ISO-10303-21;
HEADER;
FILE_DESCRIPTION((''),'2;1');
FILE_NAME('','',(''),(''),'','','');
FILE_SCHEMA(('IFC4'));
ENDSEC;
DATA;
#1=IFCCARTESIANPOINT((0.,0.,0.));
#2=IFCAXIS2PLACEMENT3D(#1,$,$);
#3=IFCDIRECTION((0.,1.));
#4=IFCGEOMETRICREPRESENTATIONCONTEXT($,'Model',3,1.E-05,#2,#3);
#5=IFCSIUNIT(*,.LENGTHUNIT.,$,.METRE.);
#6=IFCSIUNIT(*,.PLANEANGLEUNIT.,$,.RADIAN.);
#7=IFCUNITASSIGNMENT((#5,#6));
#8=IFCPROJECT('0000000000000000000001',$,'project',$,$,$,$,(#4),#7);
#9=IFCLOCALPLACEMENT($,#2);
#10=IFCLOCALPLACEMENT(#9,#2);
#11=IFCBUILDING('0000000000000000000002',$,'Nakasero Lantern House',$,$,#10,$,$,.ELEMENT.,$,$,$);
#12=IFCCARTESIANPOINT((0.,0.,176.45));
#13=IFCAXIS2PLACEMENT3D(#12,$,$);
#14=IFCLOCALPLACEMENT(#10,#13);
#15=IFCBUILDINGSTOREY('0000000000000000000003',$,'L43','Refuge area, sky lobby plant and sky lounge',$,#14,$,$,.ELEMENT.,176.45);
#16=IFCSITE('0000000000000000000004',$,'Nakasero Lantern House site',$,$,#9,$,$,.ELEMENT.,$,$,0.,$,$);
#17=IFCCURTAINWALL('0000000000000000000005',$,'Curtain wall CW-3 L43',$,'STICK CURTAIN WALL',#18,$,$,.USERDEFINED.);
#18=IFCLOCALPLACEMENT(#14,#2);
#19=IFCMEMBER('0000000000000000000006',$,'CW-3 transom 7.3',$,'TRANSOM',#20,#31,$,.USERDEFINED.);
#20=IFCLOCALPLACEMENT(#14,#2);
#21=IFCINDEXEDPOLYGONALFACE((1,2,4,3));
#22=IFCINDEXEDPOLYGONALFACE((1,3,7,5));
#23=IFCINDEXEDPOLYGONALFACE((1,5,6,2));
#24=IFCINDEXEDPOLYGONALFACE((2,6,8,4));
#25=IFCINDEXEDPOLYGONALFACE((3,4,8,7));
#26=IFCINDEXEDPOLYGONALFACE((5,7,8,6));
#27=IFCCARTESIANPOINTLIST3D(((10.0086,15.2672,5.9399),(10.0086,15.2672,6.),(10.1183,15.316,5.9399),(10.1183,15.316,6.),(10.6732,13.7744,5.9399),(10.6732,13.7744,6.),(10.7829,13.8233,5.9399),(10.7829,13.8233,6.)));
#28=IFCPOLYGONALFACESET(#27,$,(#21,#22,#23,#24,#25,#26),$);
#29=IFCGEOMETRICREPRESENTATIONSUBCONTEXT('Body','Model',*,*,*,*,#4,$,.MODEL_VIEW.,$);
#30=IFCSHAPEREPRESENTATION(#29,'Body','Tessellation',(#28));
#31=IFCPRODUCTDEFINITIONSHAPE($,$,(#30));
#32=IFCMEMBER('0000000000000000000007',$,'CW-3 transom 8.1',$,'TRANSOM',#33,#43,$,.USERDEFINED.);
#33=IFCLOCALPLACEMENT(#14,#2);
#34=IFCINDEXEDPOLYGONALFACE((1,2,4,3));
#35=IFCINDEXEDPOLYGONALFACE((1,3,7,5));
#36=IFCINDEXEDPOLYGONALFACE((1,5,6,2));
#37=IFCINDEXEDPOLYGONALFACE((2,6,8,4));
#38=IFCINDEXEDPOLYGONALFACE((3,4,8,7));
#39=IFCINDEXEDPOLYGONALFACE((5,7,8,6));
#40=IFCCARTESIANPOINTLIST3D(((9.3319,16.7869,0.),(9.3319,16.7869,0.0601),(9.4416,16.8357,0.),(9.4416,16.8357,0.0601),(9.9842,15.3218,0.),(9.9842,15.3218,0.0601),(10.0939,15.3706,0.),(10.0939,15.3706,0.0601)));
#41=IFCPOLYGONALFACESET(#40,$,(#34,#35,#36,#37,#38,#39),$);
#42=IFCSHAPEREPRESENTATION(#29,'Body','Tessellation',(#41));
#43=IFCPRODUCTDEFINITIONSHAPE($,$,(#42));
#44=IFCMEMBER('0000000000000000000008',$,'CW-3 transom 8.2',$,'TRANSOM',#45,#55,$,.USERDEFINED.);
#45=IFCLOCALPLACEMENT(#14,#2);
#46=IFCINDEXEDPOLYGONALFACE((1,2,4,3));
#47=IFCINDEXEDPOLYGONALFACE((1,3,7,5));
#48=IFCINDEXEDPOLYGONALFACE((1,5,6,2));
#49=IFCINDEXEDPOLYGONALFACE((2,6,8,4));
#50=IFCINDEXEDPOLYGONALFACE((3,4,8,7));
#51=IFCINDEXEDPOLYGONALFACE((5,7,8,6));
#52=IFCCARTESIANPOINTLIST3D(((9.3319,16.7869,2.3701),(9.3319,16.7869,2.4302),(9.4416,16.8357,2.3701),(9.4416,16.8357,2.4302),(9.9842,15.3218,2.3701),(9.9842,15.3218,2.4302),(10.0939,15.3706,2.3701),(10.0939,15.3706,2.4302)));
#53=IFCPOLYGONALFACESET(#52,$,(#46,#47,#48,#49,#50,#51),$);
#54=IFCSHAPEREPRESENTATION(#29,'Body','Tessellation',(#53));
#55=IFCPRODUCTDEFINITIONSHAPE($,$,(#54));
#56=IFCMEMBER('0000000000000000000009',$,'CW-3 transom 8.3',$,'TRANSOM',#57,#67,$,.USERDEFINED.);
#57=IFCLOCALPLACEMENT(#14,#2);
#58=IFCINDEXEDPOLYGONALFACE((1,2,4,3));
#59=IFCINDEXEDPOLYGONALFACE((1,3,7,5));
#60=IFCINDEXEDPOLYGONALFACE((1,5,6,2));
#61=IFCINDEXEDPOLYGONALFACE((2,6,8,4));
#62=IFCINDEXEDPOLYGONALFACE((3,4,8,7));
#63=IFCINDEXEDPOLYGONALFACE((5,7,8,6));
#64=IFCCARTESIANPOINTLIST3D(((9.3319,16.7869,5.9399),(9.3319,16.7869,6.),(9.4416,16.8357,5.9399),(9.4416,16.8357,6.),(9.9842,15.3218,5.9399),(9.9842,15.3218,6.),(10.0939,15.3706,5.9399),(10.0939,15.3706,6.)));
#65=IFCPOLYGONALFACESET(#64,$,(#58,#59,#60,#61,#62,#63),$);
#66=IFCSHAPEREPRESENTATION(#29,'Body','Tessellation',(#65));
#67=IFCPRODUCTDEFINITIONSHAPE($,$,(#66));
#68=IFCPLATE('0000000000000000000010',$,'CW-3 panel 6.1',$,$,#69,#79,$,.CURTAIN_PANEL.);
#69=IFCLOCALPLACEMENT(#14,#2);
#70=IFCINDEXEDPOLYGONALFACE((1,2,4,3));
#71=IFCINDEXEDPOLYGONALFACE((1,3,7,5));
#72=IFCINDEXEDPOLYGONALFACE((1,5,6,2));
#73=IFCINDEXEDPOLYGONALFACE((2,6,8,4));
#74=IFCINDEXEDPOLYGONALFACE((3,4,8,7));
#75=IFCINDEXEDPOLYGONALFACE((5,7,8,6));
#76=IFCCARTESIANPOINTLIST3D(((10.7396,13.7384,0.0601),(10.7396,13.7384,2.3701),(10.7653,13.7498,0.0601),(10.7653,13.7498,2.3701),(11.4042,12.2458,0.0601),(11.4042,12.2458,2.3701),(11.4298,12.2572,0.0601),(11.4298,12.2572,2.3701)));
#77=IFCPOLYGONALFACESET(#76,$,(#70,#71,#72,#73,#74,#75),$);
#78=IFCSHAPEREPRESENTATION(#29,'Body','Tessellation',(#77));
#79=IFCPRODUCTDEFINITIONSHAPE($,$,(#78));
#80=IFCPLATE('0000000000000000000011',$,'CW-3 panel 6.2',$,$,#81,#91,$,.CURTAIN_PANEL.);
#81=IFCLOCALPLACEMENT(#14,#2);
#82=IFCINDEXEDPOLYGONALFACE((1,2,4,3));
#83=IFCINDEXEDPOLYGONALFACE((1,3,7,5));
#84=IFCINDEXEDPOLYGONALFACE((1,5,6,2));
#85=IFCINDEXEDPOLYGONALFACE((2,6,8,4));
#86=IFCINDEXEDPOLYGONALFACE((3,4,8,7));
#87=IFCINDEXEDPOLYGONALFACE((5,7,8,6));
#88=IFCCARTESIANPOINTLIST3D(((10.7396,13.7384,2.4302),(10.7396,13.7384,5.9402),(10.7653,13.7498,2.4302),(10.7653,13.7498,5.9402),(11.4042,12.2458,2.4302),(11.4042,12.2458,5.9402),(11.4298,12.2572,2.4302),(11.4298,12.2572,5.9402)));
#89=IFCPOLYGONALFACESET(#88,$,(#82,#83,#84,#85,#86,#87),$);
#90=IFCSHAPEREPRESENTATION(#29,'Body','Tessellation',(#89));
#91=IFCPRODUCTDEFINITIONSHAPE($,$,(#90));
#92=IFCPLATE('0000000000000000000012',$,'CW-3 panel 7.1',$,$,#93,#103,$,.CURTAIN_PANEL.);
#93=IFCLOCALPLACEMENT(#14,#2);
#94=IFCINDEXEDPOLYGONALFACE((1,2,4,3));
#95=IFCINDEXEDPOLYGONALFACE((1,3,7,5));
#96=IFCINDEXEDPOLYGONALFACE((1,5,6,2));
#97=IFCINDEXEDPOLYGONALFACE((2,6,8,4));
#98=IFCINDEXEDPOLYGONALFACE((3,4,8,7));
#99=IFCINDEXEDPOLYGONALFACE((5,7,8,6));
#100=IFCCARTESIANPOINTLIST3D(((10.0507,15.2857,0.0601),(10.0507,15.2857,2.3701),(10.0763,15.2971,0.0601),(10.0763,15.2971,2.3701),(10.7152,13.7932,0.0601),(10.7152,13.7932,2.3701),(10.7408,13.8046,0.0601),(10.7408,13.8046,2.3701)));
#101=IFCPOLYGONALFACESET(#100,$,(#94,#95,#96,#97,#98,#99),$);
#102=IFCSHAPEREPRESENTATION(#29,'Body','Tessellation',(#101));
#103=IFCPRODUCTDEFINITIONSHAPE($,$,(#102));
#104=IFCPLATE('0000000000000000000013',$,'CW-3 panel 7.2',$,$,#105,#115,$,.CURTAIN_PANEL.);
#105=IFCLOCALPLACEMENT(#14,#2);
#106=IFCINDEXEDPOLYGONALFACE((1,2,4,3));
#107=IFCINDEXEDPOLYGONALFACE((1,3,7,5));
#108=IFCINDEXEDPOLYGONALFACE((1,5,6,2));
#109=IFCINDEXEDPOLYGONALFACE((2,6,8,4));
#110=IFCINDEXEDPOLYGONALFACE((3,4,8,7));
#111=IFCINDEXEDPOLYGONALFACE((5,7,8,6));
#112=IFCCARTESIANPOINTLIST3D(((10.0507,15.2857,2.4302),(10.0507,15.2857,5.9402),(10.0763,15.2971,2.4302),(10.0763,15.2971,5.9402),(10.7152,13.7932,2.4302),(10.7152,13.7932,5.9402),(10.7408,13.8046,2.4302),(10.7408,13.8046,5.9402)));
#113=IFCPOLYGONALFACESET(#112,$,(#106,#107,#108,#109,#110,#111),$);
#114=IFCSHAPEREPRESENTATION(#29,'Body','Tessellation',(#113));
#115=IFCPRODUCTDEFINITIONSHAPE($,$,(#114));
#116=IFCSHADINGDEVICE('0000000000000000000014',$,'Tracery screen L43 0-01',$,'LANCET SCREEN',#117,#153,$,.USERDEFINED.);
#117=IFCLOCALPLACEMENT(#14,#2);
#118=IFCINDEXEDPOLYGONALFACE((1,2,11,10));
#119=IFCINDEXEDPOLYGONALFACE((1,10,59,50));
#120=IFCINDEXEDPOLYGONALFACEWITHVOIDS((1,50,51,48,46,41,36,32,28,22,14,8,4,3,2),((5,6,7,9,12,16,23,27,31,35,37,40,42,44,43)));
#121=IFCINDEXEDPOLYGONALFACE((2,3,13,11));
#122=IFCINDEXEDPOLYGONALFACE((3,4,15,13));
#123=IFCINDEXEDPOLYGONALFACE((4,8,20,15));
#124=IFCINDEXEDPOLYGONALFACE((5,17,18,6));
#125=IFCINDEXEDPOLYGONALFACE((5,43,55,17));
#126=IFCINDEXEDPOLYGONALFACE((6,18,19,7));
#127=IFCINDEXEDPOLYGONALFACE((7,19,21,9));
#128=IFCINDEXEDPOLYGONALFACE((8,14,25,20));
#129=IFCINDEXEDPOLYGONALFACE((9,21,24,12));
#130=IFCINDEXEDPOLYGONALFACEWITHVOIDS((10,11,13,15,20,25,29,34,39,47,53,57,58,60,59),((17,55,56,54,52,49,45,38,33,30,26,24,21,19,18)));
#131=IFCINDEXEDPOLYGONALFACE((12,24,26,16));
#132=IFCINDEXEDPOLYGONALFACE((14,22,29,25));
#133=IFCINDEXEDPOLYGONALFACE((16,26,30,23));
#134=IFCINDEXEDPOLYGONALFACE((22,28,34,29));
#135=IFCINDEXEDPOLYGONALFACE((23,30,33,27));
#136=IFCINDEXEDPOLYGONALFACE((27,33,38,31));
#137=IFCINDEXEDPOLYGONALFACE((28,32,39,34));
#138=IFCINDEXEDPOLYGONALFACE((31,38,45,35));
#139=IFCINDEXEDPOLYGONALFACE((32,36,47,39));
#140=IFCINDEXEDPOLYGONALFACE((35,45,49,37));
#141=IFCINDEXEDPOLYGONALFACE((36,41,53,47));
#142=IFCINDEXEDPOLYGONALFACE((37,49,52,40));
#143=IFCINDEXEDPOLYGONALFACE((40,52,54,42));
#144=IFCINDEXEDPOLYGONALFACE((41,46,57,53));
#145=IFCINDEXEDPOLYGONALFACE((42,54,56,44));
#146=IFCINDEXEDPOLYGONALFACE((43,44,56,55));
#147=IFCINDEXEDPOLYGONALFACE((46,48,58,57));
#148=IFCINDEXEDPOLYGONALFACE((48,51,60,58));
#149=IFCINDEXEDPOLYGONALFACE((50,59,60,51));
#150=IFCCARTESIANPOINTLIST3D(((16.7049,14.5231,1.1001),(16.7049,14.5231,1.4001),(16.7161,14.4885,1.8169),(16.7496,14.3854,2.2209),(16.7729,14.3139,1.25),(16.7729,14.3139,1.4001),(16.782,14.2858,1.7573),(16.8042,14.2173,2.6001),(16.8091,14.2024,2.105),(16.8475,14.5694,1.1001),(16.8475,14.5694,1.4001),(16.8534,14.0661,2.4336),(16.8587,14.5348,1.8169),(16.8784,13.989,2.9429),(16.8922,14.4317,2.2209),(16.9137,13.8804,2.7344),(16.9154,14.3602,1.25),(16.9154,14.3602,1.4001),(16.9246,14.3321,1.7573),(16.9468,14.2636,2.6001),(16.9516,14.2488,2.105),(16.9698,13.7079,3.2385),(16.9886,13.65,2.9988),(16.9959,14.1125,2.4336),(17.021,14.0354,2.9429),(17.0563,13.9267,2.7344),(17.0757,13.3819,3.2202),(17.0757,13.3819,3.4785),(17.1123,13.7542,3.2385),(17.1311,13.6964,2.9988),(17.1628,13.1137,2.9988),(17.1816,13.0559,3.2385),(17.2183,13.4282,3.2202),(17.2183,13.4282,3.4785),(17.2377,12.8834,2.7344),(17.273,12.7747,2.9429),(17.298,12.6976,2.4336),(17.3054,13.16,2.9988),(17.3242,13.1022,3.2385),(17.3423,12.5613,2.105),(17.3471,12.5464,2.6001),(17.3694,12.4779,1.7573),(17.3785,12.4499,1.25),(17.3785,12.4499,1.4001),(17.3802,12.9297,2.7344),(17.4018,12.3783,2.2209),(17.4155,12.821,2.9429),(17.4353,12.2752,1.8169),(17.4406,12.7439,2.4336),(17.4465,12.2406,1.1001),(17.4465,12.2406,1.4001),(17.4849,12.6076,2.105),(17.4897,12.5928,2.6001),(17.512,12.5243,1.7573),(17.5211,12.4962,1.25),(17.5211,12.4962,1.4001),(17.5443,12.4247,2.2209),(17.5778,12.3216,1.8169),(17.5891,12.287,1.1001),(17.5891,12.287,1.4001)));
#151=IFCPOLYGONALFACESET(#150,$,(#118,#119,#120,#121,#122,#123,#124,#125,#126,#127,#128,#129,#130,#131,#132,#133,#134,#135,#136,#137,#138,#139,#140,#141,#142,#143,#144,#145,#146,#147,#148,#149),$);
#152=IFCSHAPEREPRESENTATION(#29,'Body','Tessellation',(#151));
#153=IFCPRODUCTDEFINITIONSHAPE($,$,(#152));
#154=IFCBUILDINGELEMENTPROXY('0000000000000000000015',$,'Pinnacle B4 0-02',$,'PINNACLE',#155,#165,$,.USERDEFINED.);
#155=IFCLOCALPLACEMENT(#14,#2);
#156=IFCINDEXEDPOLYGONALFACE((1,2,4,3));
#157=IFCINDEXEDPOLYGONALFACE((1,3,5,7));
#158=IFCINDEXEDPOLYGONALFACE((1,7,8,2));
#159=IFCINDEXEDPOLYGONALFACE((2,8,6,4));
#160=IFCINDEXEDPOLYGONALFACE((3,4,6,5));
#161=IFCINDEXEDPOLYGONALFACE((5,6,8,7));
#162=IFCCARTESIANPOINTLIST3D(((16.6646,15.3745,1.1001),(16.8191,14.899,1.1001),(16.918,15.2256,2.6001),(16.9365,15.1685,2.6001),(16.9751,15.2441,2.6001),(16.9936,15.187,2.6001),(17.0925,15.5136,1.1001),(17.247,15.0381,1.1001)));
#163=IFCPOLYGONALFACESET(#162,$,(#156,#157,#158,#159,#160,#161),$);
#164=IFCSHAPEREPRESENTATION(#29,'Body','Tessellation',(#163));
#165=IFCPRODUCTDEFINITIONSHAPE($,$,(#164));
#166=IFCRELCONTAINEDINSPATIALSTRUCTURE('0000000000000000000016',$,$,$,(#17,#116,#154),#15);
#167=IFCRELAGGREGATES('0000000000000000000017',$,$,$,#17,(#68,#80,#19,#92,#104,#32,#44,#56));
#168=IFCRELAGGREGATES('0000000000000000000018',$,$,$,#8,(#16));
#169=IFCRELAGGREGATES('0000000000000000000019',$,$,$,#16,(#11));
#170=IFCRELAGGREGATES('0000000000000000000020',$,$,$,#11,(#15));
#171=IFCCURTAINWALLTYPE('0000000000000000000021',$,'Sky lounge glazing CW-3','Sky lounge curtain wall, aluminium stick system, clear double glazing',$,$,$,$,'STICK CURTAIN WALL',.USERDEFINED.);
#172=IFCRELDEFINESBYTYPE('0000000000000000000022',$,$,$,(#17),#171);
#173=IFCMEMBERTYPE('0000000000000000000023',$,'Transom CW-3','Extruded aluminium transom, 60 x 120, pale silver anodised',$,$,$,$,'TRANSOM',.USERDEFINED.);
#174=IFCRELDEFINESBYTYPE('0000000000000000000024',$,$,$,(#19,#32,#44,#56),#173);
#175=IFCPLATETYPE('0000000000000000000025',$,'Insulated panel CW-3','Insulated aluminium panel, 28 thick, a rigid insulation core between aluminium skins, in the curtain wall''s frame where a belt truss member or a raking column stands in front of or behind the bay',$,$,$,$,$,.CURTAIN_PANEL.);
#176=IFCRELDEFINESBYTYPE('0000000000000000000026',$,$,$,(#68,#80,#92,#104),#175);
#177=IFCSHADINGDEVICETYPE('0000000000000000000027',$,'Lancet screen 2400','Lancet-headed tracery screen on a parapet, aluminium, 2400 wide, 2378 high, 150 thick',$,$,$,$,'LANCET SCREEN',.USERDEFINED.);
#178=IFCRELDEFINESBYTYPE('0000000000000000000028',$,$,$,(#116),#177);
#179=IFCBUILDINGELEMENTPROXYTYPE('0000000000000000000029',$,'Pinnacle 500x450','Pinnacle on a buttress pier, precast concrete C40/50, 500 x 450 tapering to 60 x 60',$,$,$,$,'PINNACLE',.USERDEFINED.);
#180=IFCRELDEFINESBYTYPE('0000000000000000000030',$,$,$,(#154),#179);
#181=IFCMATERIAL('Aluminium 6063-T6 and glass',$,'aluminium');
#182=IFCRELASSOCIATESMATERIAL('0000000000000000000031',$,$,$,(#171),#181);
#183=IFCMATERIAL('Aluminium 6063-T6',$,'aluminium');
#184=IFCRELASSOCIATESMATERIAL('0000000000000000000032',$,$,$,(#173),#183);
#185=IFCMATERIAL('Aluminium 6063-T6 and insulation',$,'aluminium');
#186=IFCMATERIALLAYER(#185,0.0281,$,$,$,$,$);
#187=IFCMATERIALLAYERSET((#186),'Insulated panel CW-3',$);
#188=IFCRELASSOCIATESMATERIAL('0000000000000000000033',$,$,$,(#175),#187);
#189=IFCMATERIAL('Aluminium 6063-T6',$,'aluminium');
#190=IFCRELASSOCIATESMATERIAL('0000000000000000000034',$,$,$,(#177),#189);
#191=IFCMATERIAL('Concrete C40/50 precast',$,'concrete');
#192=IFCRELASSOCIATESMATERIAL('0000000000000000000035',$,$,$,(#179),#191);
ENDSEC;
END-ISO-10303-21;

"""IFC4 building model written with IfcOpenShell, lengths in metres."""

from ifc_helpers import new_model, entity, si_unit, direction, frame, origin, origin_2d, place, context, subcontext, project, spatial, polyline, rectangle, outline, extrude, material, layer, layer_set, material_profile, profile_set, type_object, element, aggregate, save


model = new_model("IFC4")

# Units and contexts
model_context = context("Model", 3, precision=1e-05, world=origin(), true_north=direction((0.0, 1.0)))
body_context = subcontext(model_context, "Body", "Model", "MODEL_VIEW")
ifc_project = project(units=[si_unit("LENGTHUNIT", "METRE"), si_unit("PLANEANGLEUNIT", "RADIAN")], contexts=[model_context])

# Site, building, storey
site_placement = place(None, origin())
site = spatial("IfcSite", under=ifc_project, at=site_placement, Name="Nakasero Lantern House site", CompositionType="ELEMENT", RefElevation=0.0)
building_placement = place(site_placement, origin())
building = spatial("IfcBuilding", under=site, at=building_placement, Name="Nakasero Lantern House", CompositionType="ELEMENT")
storey_placement = place(building_placement, frame((0.0, 0.0, 176.45)))
storey = spatial("IfcBuildingStorey", under=building, at=storey_placement, Name="L43", Description="Refuge area, sky lobby plant and sky lounge", CompositionType="ELEMENT", Elevation=176.45)

# Curtain wall
ifc_material_1 = material(Name="Aluminium 6063-T6 and glass", Category="aluminium")
curtain_wall_type = type_object("IfcCurtainWallType", Name="Sky lounge glazing CW-3", Description="Sky lounge curtain wall, aluminium stick system, clear double glazing", ElementType="STICK CURTAIN WALL", PredefinedType="USERDEFINED", material=ifc_material_1)
curtain_wall_placement = place(storey_placement, origin())
curtain_wall = element("IfcCurtainWall", 1, at=curtain_wall_placement, inside=storey, type_object=curtain_wall_type, Name="Curtain wall CW-3 L43", ObjectType="STICK CURTAIN WALL", PredefinedType="USERDEFINED")

# Members
ifc_material_2 = material(Name="Aluminium 6063-T6", Category="aluminium")
ifc_material_profile_1 = material_profile(ifc_material_2, rectangle(XDim=0.0601, YDim=0.1201, at=origin_2d()), Name="CW-3 transom 60x120")
ifc_profile_set_1 = profile_set([ifc_material_profile_1], Name="Aluminium 6063-T6")
member_type_1 = type_object("IfcMemberType", Name="Transom CW-3", Description="Extruded aluminium transom, 60 x 120, pale silver anodised", ElementType="TRANSOM", PredefinedType="USERDEFINED", material=ifc_profile_set_1)
member_1_placement = place(storey_placement, frame((10.728, 13.7988, 5.97), z_axis=(-0.406721, 0.913553, 0.0), x_axis=(0.0, 0.0, 1.0)))
member_1 = element("IfcMember", 2, at=member_1_placement, type_object=member_type_1, Name="CW-3 transom 7.3", ObjectType="TRANSOM", PredefinedType="USERDEFINED", context=body_context, shape_type="SweptSolid", body=[
    extrude(rectangle(XDim=0.0601, YDim=0.1201, at=origin_2d()), origin(), (0.0, 0.0, 1.0), 1.634),
])
member_2_placement = place(storey_placement, frame((10.0391, 15.3462, 0.03), z_axis=(-0.40676, 0.913535, 0.0), x_axis=(0.0, 0.0, 1.0)))
member_2 = element("IfcMember", 3, at=member_2_placement, type_object=member_type_1, Name="CW-3 transom 8.1", ObjectType="TRANSOM", PredefinedType="USERDEFINED", context=body_context, shape_type="SweptSolid", body=[
    extrude(rectangle(XDim=0.0601, YDim=0.1201, at=origin_2d()), origin(), (0.0, 0.0, 1.0), 1.6038),
])
member_3_placement = place(storey_placement, frame((10.0391, 15.3462, 2.4001), z_axis=(-0.40676, 0.913535, 0.0), x_axis=(0.0, 0.0, 1.0)))
member_3 = element("IfcMember", 4, at=member_3_placement, type_object=member_type_1, Name="CW-3 transom 8.2", ObjectType="TRANSOM", PredefinedType="USERDEFINED", context=body_context, shape_type="SweptSolid", body=[
    extrude(rectangle(XDim=0.0601, YDim=0.1201, at=origin_2d()), origin(), (0.0, 0.0, 1.0), 1.6038),
])
member_4_placement = place(storey_placement, frame((10.0391, 15.3462, 5.97), z_axis=(-0.40676, 0.913535, 0.0), x_axis=(0.0, 0.0, 1.0)))
member_4 = element("IfcMember", 5, at=member_4_placement, type_object=member_type_1, Name="CW-3 transom 8.3", ObjectType="TRANSOM", PredefinedType="USERDEFINED", context=body_context, shape_type="SweptSolid", body=[
    extrude(rectangle(XDim=0.0601, YDim=0.1201, at=origin_2d()), origin(), (0.0, 0.0, 1.0), 1.6038),
])

# Plates
ifc_material_3 = material(Name="Aluminium 6063-T6 and insulation", Category="aluminium")
ifc_layer = layer(ifc_material_3, 0.0281)
ifc_layer_set = layer_set([ifc_layer], Name="Insulated panel CW-3")
plate_type = type_object("IfcPlateType", Name="Insulated panel CW-3", Description="Insulated aluminium panel, 28 thick, a rigid insulation core between aluminium skins, in the curtain wall's frame where a belt truss member or a raking column stands in front of or behind the bay", PredefinedType="CURTAIN_PANEL", material=ifc_layer_set)
plate_1_placement = place(storey_placement, frame((11.0847, 12.9978, 0.0601), z_axis=(0.0, 0.0, 1.0), x_axis=(-0.406737, 0.913545, 0.0)))
plate_1 = element("IfcPlate", 6, at=plate_1_placement, type_object=plate_type, Name="CW-3 panel 6.1", PredefinedType="CURTAIN_PANEL", context=body_context, shape_type="SweptSolid", body=[
    extrude(rectangle(XDim=1.6338, YDim=0.0281, at=origin_2d()), origin(), (0.0, 0.0, 1.0), 2.3101),
])
plate_2_placement = place(storey_placement, frame((11.0847, 12.9978, 2.4302), z_axis=(0.0, 0.0, 1.0), x_axis=(-0.406737, 0.913545, 0.0)))
plate_2 = element("IfcPlate", 7, at=plate_2_placement, type_object=plate_type, Name="CW-3 panel 6.2", PredefinedType="CURTAIN_PANEL", context=body_context, shape_type="SweptSolid", body=[
    extrude(rectangle(XDim=1.6338, YDim=0.0281, at=origin_2d()), origin(), (0.0, 0.0, 1.0), 3.51),
])
plate_3_placement = place(storey_placement, frame((10.3958, 14.5452, 0.0601), z_axis=(0.0, 0.0, 1.0), x_axis=(-0.406737, 0.913545, 0.0)))
plate_3 = element("IfcPlate", 8, at=plate_3_placement, type_object=plate_type, Name="CW-3 panel 7.1", PredefinedType="CURTAIN_PANEL", context=body_context, shape_type="SweptSolid", body=[
    extrude(rectangle(XDim=1.6338, YDim=0.0281, at=origin_2d()), origin(), (0.0, 0.0, 1.0), 2.3101),
])
plate_4_placement = place(storey_placement, frame((10.3958, 14.5452, 2.4302), z_axis=(0.0, 0.0, 1.0), x_axis=(-0.406737, 0.913545, 0.0)))
plate_4 = element("IfcPlate", 9, at=plate_4_placement, type_object=plate_type, Name="CW-3 panel 7.2", PredefinedType="CURTAIN_PANEL", context=body_context, shape_type="SweptSolid", body=[
    extrude(rectangle(XDim=1.6338, YDim=0.0281, at=origin_2d()), origin(), (0.0, 0.0, 1.0), 3.51),
])
aggregate(curtain_wall, [plate_1, plate_2, member_1, plate_3, plate_4, member_2, member_3, member_4])

# Shading device
ifc_material_4 = material(Name="Aluminium 6063-T6", Category="aluminium")
shading_device_type = type_object("IfcShadingDeviceType", Name="Lancet screen 2400", Description="Lancet-headed tracery screen on a parapet, aluminium, 2400 wide, 2378 high, 150 thick", ElementType="LANCET SCREEN", PredefinedType="USERDEFINED", material=ifc_material_4)
shading_device_placement = place(storey_placement, frame((17.147, 13.405, 1.1001), z_axis=(0.0, 0.0, 1.0), x_axis=(-0.309017, 0.951057, 0.0)))
element("IfcShadingDevice", 10, at=shading_device_placement, inside=storey, type_object=shading_device_type, Name="Tracery screen L43 0-01", ObjectType="LANCET SCREEN", PredefinedType="USERDEFINED", context=body_context, shape_type="SweptSolid", body=[
    extrude(outline(polyline([(-1.2, 0.0), (1.2, 0.0), (1.2, 0.3), (1.1636, 0.7168), (1.0552, 1.1208), (0.8784, 1.5), (0.6384, 1.8428), (0.3428, 2.1384), (0.0, 2.3784), (-0.3428, 2.1384), (-0.6384, 1.8428), (-0.8784, 1.5), (-1.0552, 1.1208), (-1.1636, 0.7168), (-1.2, 0.3), (-1.2, 0.0)]), holes=[polyline([(-0.98, 0.1499), (0.98, 0.1499), (0.98, 0.3), (0.9504, 0.6572), (0.8628, 1.0049), (0.7195, 1.3335), (0.5242, 1.6343), (0.282, 1.8987), (0.0, 2.1201), (-0.282, 1.8987), (-0.5242, 1.6343), (-0.7195, 1.3335), (-0.8628, 1.0049), (-0.9504, 0.6572), (-0.98, 0.3), (-0.98, 0.1499)])]), frame((0.0, 0.075, 0.0), z_axis=(0.0, -1.0, 0.0), x_axis=(1.0, 0.0, 0.0)), (0.0, 0.0, 1.0), 0.1499),
])

# Building element proxy
ifc_material_5 = material(Name="Concrete C40/50 precast", Category="concrete")
building_element_proxy_type = type_object("IfcBuildingElementProxyType", Name="Pinnacle 500x450", Description="Pinnacle on a buttress pier, precast concrete C40/50, 500 x 450 tapering to 60 x 60", ElementType="PINNACLE", PredefinedType="USERDEFINED", material=ifc_material_5)
proxy_placement = place(storey_placement, frame((16.9558, 15.2063, 1.1001), z_axis=(0.0, 0.0, 1.0), x_axis=(0.951057, 0.309017, 0.0)))
element("IfcBuildingElementProxy", 11, at=proxy_placement, inside=storey, type_object=building_element_proxy_type, Name="Pinnacle B4 0-02", ObjectType="PINNACLE", PredefinedType="USERDEFINED", context=body_context, shape_type="SweptSolid", body=[
    entity("IfcExtrudedAreaSolidTapered", entity("IfcRectangleProfileDef", "AREA", None, entity("IfcAxis2Placement2D", entity("IfcCartesianPoint", [0.0, 0.0])), 0.45, 0.5), entity("IfcAxis2Placement3D", entity("IfcCartesianPoint", [0.0, 0.0, 0.0])), entity("IfcDirection", [0.0, 0.0, 1.0]), 1.5, entity("IfcRectangleProfileDef", "AREA", None, entity("IfcAxis2Placement2D", entity("IfcCartesianPoint", [0.0, 0.0])), 0.0601, 0.0601)),
])

save(model, "model.ifc")
